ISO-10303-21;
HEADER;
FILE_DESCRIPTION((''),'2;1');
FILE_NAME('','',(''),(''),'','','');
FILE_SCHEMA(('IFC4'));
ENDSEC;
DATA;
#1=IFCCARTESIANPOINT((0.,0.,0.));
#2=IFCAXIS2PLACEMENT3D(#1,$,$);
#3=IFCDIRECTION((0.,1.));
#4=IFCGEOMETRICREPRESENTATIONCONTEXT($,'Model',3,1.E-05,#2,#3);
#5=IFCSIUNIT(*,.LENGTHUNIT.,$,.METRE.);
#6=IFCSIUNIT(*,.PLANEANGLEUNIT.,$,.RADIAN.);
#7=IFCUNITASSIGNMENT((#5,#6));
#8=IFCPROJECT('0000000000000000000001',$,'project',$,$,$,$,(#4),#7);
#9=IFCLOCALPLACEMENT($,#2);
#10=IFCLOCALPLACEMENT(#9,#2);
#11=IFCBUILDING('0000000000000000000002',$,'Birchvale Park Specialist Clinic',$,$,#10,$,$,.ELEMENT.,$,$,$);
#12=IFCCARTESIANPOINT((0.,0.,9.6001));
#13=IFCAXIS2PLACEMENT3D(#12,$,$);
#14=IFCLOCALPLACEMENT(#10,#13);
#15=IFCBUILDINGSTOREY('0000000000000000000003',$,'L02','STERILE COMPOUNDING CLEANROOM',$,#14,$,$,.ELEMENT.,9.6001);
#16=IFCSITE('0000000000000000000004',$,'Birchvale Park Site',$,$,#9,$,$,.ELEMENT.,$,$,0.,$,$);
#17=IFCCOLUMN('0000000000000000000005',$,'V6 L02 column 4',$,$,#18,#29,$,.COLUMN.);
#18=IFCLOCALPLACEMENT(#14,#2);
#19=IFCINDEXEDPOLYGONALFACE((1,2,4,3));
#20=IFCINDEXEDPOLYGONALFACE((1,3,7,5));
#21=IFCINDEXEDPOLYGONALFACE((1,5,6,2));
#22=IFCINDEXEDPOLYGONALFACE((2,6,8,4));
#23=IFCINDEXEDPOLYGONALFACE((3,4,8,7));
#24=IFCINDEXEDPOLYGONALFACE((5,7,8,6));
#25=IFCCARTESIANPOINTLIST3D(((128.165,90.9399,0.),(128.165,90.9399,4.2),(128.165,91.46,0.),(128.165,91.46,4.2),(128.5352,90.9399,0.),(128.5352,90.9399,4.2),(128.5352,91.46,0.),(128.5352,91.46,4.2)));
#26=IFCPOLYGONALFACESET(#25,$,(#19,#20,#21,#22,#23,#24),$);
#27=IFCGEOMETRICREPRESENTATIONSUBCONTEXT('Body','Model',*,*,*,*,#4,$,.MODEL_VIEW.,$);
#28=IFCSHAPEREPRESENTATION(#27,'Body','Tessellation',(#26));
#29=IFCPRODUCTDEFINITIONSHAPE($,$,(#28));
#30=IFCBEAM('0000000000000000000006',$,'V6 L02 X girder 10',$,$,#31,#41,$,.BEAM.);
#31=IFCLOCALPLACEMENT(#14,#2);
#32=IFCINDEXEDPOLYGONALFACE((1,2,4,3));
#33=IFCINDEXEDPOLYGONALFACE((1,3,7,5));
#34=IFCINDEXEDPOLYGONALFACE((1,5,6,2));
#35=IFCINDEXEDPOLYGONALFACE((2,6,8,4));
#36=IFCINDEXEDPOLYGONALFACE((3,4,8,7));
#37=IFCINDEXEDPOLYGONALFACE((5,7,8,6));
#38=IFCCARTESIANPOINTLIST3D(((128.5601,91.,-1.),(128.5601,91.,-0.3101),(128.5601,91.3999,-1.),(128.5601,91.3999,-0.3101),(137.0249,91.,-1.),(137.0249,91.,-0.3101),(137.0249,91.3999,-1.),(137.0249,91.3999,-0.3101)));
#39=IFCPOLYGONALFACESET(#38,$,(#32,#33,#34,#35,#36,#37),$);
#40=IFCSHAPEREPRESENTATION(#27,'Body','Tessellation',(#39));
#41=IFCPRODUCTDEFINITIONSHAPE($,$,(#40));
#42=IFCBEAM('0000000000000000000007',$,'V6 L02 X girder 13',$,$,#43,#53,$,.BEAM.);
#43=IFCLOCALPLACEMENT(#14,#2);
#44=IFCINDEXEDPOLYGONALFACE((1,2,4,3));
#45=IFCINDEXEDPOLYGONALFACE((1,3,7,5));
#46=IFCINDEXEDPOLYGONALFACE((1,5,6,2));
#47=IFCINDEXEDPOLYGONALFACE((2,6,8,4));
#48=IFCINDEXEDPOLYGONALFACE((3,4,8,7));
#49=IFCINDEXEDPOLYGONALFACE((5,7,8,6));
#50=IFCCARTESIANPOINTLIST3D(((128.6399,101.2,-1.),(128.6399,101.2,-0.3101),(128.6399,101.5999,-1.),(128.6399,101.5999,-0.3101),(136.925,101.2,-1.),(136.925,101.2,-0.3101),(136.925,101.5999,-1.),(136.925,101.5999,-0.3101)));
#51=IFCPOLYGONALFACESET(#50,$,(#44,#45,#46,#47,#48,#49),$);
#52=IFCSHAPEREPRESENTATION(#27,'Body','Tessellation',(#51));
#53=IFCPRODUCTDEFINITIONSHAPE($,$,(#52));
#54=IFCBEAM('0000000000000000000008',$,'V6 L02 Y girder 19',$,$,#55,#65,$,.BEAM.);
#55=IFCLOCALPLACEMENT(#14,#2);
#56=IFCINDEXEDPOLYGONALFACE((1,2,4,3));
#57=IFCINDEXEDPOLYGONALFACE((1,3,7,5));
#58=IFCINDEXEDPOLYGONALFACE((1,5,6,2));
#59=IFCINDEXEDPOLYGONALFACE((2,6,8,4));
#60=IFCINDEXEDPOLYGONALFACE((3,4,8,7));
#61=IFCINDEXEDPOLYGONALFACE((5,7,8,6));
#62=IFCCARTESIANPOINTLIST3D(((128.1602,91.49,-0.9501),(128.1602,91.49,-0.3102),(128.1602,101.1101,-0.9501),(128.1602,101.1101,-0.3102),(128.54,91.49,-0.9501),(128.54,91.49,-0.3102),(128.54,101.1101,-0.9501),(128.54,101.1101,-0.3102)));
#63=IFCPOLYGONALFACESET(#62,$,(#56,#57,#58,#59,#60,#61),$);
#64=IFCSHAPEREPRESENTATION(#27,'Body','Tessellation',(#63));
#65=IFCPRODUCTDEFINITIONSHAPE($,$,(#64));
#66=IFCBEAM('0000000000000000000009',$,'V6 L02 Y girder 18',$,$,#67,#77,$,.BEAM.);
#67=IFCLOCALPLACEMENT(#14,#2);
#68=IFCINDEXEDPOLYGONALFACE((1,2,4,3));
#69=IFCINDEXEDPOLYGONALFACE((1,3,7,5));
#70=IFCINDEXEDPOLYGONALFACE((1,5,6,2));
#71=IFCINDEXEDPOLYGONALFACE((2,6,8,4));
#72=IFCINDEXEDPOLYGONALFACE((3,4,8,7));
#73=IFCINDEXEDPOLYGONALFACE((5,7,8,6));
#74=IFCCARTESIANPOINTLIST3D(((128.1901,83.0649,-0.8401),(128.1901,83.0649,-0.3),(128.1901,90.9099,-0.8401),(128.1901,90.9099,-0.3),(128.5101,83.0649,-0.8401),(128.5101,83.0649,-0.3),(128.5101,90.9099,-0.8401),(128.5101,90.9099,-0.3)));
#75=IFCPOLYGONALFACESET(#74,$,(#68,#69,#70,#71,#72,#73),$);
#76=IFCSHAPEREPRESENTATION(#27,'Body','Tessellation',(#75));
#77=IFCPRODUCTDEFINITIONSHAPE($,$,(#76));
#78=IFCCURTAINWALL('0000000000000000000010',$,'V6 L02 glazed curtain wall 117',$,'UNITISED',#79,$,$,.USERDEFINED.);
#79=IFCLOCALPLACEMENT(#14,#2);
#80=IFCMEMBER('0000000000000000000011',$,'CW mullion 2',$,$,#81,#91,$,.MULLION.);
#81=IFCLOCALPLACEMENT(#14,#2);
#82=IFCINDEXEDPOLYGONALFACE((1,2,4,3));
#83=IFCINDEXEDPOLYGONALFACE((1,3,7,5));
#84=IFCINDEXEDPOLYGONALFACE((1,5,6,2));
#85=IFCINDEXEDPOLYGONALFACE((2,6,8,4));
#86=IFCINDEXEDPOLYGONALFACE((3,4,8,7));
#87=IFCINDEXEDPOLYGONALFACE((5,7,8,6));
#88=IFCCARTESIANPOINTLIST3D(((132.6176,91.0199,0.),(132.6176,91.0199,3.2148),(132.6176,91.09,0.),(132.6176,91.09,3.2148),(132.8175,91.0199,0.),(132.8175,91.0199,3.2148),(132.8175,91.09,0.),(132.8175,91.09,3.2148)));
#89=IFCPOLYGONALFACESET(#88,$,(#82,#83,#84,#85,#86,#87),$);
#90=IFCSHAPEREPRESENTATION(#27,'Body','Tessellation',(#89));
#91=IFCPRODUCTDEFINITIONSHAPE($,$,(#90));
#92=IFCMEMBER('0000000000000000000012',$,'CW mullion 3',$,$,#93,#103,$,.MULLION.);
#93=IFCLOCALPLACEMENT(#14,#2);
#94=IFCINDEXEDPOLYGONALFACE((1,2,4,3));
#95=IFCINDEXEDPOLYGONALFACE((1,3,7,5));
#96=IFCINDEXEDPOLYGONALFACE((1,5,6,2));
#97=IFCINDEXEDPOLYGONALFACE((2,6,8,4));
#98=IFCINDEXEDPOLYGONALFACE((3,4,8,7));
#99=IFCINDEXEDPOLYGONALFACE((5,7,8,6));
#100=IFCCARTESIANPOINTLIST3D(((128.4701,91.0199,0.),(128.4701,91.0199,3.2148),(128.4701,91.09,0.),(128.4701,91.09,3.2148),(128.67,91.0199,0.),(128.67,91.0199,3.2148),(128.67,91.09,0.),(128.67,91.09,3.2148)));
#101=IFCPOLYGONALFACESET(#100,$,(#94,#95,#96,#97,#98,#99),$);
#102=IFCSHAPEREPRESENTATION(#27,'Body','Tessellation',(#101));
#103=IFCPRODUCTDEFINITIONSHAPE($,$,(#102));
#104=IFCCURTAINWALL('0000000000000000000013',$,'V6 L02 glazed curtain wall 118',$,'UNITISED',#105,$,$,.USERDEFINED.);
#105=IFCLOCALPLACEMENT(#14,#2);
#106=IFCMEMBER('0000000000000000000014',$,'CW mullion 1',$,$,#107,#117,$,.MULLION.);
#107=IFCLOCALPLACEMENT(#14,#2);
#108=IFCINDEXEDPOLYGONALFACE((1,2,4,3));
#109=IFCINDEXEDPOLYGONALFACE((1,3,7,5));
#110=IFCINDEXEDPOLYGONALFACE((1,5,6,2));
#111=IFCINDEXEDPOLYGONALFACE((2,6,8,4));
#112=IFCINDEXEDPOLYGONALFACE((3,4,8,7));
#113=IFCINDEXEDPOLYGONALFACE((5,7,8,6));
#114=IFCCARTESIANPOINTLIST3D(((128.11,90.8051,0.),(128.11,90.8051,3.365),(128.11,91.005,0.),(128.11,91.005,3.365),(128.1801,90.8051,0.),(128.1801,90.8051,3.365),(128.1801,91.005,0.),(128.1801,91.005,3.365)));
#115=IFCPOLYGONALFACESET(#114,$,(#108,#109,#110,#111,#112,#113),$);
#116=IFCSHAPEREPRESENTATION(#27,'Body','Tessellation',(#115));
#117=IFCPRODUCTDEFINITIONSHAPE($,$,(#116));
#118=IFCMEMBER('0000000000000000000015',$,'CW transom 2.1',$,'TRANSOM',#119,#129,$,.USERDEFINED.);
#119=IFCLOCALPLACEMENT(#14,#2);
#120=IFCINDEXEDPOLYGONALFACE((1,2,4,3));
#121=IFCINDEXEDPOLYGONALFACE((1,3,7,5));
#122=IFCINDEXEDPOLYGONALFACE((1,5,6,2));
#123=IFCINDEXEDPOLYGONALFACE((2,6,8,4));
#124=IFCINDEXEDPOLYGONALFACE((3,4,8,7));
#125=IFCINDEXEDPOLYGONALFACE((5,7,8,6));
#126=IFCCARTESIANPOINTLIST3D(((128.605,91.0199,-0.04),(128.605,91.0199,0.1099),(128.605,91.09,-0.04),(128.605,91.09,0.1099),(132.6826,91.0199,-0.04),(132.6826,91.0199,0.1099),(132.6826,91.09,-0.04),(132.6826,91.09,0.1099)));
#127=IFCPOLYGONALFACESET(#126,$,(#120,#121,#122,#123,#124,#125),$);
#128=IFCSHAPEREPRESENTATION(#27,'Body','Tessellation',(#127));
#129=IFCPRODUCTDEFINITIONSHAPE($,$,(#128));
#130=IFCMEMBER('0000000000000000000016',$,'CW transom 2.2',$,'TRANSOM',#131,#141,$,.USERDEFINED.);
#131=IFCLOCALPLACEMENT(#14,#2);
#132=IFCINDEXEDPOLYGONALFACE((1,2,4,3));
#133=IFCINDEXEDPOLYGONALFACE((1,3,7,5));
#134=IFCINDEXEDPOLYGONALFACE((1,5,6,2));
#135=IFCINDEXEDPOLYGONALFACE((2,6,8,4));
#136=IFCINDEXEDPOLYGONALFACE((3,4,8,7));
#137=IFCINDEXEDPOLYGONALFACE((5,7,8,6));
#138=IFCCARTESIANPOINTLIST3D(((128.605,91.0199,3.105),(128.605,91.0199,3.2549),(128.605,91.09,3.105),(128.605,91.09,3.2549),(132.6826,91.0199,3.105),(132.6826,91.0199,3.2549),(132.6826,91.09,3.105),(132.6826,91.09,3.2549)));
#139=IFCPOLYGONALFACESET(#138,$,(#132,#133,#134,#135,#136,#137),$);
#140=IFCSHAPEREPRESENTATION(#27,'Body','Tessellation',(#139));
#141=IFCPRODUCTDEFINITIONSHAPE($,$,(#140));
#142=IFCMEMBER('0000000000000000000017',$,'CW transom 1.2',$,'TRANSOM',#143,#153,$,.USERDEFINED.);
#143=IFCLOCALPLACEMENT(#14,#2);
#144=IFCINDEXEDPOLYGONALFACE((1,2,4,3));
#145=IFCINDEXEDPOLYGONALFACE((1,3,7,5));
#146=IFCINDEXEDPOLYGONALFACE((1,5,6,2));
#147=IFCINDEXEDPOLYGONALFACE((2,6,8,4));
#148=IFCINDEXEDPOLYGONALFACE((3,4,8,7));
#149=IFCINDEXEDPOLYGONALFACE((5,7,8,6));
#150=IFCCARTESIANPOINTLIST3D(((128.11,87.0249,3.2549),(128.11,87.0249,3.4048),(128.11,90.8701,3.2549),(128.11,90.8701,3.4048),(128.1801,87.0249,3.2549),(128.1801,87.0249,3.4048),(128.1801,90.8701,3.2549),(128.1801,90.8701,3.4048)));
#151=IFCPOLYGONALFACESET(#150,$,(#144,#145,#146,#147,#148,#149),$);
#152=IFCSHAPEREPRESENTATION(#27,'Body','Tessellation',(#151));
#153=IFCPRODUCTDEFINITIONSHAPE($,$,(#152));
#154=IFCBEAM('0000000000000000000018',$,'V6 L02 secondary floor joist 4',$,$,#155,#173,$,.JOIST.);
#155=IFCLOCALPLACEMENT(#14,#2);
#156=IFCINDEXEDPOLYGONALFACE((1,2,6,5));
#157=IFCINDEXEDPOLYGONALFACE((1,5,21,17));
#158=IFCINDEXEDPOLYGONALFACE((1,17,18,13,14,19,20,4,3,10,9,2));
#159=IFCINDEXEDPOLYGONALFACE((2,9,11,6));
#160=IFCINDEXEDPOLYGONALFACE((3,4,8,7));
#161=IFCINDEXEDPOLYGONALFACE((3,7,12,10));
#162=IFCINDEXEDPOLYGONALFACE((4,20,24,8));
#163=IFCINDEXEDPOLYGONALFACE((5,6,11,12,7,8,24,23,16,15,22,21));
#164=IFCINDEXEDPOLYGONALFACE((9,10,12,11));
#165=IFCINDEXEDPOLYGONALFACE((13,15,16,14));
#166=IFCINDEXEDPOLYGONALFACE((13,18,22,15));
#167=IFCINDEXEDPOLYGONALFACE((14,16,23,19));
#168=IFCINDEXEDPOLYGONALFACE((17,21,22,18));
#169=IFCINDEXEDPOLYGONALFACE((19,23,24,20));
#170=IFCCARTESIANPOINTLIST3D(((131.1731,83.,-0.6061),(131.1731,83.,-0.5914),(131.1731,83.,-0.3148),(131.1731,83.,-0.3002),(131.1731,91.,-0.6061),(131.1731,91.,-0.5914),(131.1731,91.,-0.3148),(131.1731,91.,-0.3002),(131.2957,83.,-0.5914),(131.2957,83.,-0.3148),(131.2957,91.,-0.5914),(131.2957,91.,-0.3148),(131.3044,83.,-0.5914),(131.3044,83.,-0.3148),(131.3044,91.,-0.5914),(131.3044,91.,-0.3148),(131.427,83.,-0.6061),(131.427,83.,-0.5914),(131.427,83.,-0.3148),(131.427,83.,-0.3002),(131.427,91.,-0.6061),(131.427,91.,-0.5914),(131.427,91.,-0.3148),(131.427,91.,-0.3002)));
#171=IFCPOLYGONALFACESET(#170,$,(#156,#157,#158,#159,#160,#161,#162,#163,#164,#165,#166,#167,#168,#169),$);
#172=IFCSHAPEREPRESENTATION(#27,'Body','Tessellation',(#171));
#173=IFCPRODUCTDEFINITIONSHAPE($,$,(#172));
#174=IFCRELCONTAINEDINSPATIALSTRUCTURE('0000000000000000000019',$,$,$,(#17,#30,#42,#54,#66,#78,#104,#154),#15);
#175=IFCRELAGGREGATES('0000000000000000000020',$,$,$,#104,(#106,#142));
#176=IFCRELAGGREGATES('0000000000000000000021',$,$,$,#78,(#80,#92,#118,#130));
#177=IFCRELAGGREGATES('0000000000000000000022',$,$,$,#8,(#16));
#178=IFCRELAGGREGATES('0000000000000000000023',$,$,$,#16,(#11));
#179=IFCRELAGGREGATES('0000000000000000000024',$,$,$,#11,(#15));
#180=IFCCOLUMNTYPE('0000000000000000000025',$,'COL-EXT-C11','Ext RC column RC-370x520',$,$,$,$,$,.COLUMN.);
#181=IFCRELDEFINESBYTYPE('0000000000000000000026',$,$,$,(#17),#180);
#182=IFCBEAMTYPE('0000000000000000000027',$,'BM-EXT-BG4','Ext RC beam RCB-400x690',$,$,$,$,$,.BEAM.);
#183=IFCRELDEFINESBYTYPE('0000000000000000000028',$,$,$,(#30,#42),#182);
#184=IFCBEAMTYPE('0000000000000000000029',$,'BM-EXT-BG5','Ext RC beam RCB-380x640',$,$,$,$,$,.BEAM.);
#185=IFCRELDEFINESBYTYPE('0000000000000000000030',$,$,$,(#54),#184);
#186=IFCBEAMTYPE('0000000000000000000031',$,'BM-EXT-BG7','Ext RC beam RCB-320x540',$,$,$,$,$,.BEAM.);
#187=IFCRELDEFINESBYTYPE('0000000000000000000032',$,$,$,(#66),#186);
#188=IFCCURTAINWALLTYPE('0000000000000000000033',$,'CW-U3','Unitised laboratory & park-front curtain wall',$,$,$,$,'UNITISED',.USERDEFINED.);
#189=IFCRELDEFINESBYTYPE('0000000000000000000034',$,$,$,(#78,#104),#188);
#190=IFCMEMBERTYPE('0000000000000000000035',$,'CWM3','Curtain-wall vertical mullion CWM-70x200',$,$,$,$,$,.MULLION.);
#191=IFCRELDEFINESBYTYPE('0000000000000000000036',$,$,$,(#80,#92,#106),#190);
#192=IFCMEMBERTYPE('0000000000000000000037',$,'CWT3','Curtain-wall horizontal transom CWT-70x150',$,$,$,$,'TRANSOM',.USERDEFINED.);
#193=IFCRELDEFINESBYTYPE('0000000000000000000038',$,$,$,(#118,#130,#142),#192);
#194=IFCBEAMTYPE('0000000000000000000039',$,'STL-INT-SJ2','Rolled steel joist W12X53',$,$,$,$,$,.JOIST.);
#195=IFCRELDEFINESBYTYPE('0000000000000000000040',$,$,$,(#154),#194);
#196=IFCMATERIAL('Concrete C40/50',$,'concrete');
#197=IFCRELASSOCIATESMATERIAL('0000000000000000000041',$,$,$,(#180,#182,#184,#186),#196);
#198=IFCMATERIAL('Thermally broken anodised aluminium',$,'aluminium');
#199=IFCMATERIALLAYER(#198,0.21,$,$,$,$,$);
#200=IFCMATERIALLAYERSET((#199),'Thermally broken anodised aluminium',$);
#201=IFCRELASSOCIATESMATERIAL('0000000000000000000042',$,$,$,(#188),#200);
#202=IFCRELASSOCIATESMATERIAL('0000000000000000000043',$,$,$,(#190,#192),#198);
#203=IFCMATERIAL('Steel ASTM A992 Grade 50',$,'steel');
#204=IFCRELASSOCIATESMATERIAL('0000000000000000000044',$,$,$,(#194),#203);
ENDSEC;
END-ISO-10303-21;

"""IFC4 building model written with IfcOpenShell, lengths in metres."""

from ifc_helpers import new_model, si_unit, direction, frame, origin, origin_2d, place, context, subcontext, project, spatial, rectangle, i_section, extrude, material, layer, layer_set, material_profile, profile_set, type_object, element, aggregate, save


model = new_model("IFC4")

# Units and contexts
model_context = context("Model", 3, precision=1e-05, world=origin(), true_north=direction((0.0, 1.0)))
body_context = subcontext(model_context, "Body", "Model", "MODEL_VIEW")
ifc_project = project(units=[si_unit("LENGTHUNIT", "METRE"), si_unit("PLANEANGLEUNIT", "RADIAN")], contexts=[model_context])

# Site, building, storey
site_placement = place(None, origin())
site = spatial("IfcSite", under=ifc_project, at=site_placement, Name="Birchvale Park Site", CompositionType="ELEMENT", RefElevation=0.0)
building_placement = place(site_placement, origin())
building = spatial("IfcBuilding", under=site, at=building_placement, Name="Birchvale Park Specialist Clinic", CompositionType="ELEMENT")
storey_placement = place(building_placement, frame((0.0, 0.0, 9.6001)))
storey = spatial("IfcBuildingStorey", under=building, at=storey_placement, Name="L02", Description="STERILE COMPOUNDING CLEANROOM", CompositionType="ELEMENT", Elevation=9.6001)

# Column
ifc_material_1 = material(Name="Concrete C40/50", Category="concrete")
ifc_material_profile_1 = material_profile(ifc_material_1, rectangle(XDim=0.3701, YDim=0.52, at=origin_2d()), Name="RC-370x520")
ifc_profile_set_1 = profile_set([ifc_material_profile_1], Name="Concrete C40/50")
column_type = type_object("IfcColumnType", Name="COL-EXT-C11", Description="Ext RC column RC-370x520", PredefinedType="COLUMN", material=ifc_profile_set_1)
column_placement = place(storey_placement, frame((128.3501, 91.2, 0.0), z_axis=(0.0, 0.0, 1.0), x_axis=(1.0, 0.0, 0.0)))
element("IfcColumn", 1, at=column_placement, inside=storey, type_object=column_type, Name="V6 L02 column 4", PredefinedType="COLUMN", context=body_context, shape_type="SweptSolid", body=[
    extrude(rectangle(XDim=0.3701, YDim=0.52, at=origin_2d()), origin(), (0.0, 0.0, 1.0), 4.2),
])

# Beams
ifc_material_profile_2 = material_profile(ifc_material_1, rectangle(XDim=0.3999, YDim=0.6899, at=origin_2d()), Name="RCB-400x690")
ifc_profile_set_2 = profile_set([ifc_material_profile_2], Name="Concrete C40/50")
beam_type_1 = type_object("IfcBeamType", Name="BM-EXT-BG4", Description="Ext RC beam RCB-400x690", PredefinedType="BEAM", material=ifc_profile_set_2)
beam_1_placement = place(storey_placement, frame((128.5601, 91.2, -0.655), z_axis=(1.0, 0.0, 0.0), x_axis=(0.0, 1.0, 0.0)))
element("IfcBeam", 2, at=beam_1_placement, inside=storey, type_object=beam_type_1, Name="V6 L02 X girder 10", PredefinedType="BEAM", context=body_context, shape_type="SweptSolid", body=[
    extrude(rectangle(XDim=0.3999, YDim=0.6899, at=origin_2d()), origin(), (0.0, 0.0, 1.0), 8.4648),
])
beam_2_placement = place(storey_placement, frame((128.6399, 101.3999, -0.655), z_axis=(1.0, 0.0, 0.0), x_axis=(0.0, 1.0, 0.0)))
element("IfcBeam", 3, at=beam_2_placement, inside=storey, type_object=beam_type_1, Name="V6 L02 X girder 13", PredefinedType="BEAM", context=body_context, shape_type="SweptSolid", body=[
    extrude(rectangle(XDim=0.3999, YDim=0.6899, at=origin_2d()), origin(), (0.0, 0.0, 1.0), 8.2852),
])
ifc_material_profile_3 = material_profile(ifc_material_1, rectangle(XDim=0.3799, YDim=0.6399, at=origin_2d()), Name="RCB-380x640")
ifc_profile_set_3 = profile_set([ifc_material_profile_3], Name="Concrete C40/50")
beam_type_2 = type_object("IfcBeamType", Name="BM-EXT-BG5", Description="Ext RC beam RCB-380x640", PredefinedType="BEAM", material=ifc_profile_set_3)
beam_3_placement = place(storey_placement, frame((128.3501, 91.49, -0.6301), z_axis=(0.0, 1.0, 0.0), x_axis=(-1.0, 0.0, 0.0)))
element("IfcBeam", 4, at=beam_3_placement, inside=storey, type_object=beam_type_2, Name="V6 L02 Y girder 19", PredefinedType="BEAM", context=body_context, shape_type="SweptSolid", body=[
    extrude(rectangle(XDim=0.3799, YDim=0.6399, at=origin_2d()), origin(), (0.0, 0.0, 1.0), 9.6201),
])
ifc_material_profile_4 = material_profile(ifc_material_1, rectangle(XDim=0.3201, YDim=0.54, at=origin_2d()), Name="RCB-320x540")
ifc_profile_set_4 = profile_set([ifc_material_profile_4], Name="Concrete C40/50")
beam_type_3 = type_object("IfcBeamType", Name="BM-EXT-BG7", Description="Ext RC beam RCB-320x540", PredefinedType="BEAM", material=ifc_profile_set_4)
beam_4_placement = place(storey_placement, frame((128.3501, 83.0649, -0.5701), z_axis=(0.0, 1.0, 0.0), x_axis=(-1.0, 0.0, 0.0)))
element("IfcBeam", 5, at=beam_4_placement, inside=storey, type_object=beam_type_3, Name="V6 L02 Y girder 18", PredefinedType="BEAM", context=body_context, shape_type="SweptSolid", body=[
    extrude(rectangle(XDim=0.3201, YDim=0.54, at=origin_2d()), origin(), (0.0, 0.0, 1.0), 7.845),
])

# Curtain wall, members
ifc_material_2 = material(Name="Thermally broken anodised aluminium", Category="aluminium")
ifc_layer_1 = layer(ifc_material_2, 0.21)
ifc_layer_set_1 = layer_set([ifc_layer_1], Name="Thermally broken anodised aluminium")
curtain_wall_type = type_object("IfcCurtainWallType", Name="CW-U3", Description="Unitised laboratory & park-front curtain wall", ElementType="UNITISED", PredefinedType="USERDEFINED", material=ifc_layer_set_1)
curtain_wall_1_placement = place(storey_placement, origin())
curtain_wall_1 = element("IfcCurtainWall", 6, at=curtain_wall_1_placement, inside=storey, type_object=curtain_wall_type, Name="V6 L02 glazed curtain wall 117", ObjectType="UNITISED", PredefinedType="USERDEFINED")
ifc_material_profile_5 = material_profile(ifc_material_2, rectangle(XDim=0.0701, YDim=0.2, at=origin_2d()), Name="CWM-70x200")
ifc_profile_set_5 = profile_set([ifc_material_profile_5], Name="Thermally broken anodised aluminium")
member_type_1 = type_object("IfcMemberType", Name="CWM3", Description="Curtain-wall vertical mullion CWM-70x200", PredefinedType="MULLION", material=ifc_profile_set_5)
member_1_placement = place(storey_placement, frame((132.7175, 91.0549, 0.0), z_axis=(0.0, 0.0, 1.0), x_axis=(0.0, -1.0, 0.0)))
member_1 = element("IfcMember", 7, at=member_1_placement, type_object=member_type_1, Name="CW mullion 2", PredefinedType="MULLION", context=body_context, shape_type="SweptSolid", body=[
    extrude(rectangle(XDim=0.0701, YDim=0.2, at=origin_2d()), origin(), (0.0, 0.0, 1.0), 3.2148),
])
member_2_placement = place(storey_placement, frame((128.5701, 91.0549, 0.0), z_axis=(0.0, 0.0, 1.0), x_axis=(0.0, -1.0, 0.0)))
member_2 = element("IfcMember", 8, at=member_2_placement, type_object=member_type_1, Name="CW mullion 3", PredefinedType="MULLION", context=body_context, shape_type="SweptSolid", body=[
    extrude(rectangle(XDim=0.0701, YDim=0.2, at=origin_2d()), origin(), (0.0, 0.0, 1.0), 3.2148),
])

# Curtain wall, member
curtain_wall_2_placement = place(storey_placement, origin())
curtain_wall_2 = element("IfcCurtainWall", 9, at=curtain_wall_2_placement, inside=storey, type_object=curtain_wall_type, Name="V6 L02 glazed curtain wall 118", ObjectType="UNITISED", PredefinedType="USERDEFINED")
member_3_placement = place(storey_placement, frame((128.145, 90.905, 0.0), z_axis=(0.0, 0.0, 1.0), x_axis=(1.0, 0.0, 0.0)))
member_3 = element("IfcMember", 10, at=member_3_placement, type_object=member_type_1, Name="CW mullion 1", PredefinedType="MULLION", context=body_context, shape_type="SweptSolid", body=[
    extrude(rectangle(XDim=0.0701, YDim=0.2, at=origin_2d()), origin(), (0.0, 0.0, 1.0), 3.365),
])

# Members
ifc_material_profile_6 = material_profile(ifc_material_2, rectangle(XDim=0.0701, YDim=0.1499, at=origin_2d()), Name="CWT-70x150")
ifc_profile_set_6 = profile_set([ifc_material_profile_6], Name="Thermally broken anodised aluminium")
member_type_2 = type_object("IfcMemberType", Name="CWT3", Description="Curtain-wall horizontal transom CWT-70x150", ElementType="TRANSOM", PredefinedType="USERDEFINED", material=ifc_profile_set_6)
member_4_placement = place(storey_placement, frame((132.6826, 91.0549, 0.0349), z_axis=(-1.0, 0.0, 0.0), x_axis=(0.0, -1.0, 0.0)))
member_4 = element("IfcMember", 11, at=member_4_placement, type_object=member_type_2, Name="CW transom 2.1", ObjectType="TRANSOM", PredefinedType="USERDEFINED", context=body_context, shape_type="SweptSolid", body=[
    extrude(rectangle(XDim=0.0701, YDim=0.1499, at=origin_2d()), origin(), (0.0, 0.0, 1.0), 4.0776),
])
member_5_placement = place(storey_placement, frame((132.6826, 91.0549, 3.1799), z_axis=(-1.0, 0.0, 0.0), x_axis=(0.0, -1.0, 0.0)))
member_5 = element("IfcMember", 12, at=member_5_placement, type_object=member_type_2, Name="CW transom 2.2", ObjectType="TRANSOM", PredefinedType="USERDEFINED", context=body_context, shape_type="SweptSolid", body=[
    extrude(rectangle(XDim=0.0701, YDim=0.1499, at=origin_2d()), origin(), (0.0, 0.0, 1.0), 4.0776),
])
member_6_placement = place(storey_placement, frame((128.145, 90.8701, 3.3298), z_axis=(0.0, -1.0, 0.0), x_axis=(1.0, 0.0, 0.0)))
member_6 = element("IfcMember", 13, at=member_6_placement, type_object=member_type_2, Name="CW transom 1.2", ObjectType="TRANSOM", PredefinedType="USERDEFINED", context=body_context, shape_type="SweptSolid", body=[
    extrude(rectangle(XDim=0.0701, YDim=0.1499, at=origin_2d()), origin(), (0.0, 0.0, 1.0), 3.8452),
])
aggregate(curtain_wall_2, [member_3, member_6])

# Beam
ifc_material_3 = material(Name="Steel ASTM A992 Grade 50", Category="steel")
ifc_material_profile_7 = material_profile(ifc_material_3, i_section(OverallWidth=0.2539, OverallDepth=0.3059, WebThickness=0.0088, FlangeThickness=0.0146, at=origin_2d()), Name="W12X53")
ifc_profile_set_7 = profile_set([ifc_material_profile_7], Name="Steel ASTM A992 Grade 50")
beam_type_4 = type_object("IfcBeamType", Name="STL-INT-SJ2", Description="Rolled steel joist W12X53", PredefinedType="JOIST", material=ifc_profile_set_7)
beam_5_placement = place(storey_placement, frame((131.3, 83.0, -0.4531), z_axis=(0.0, 1.0, 0.0), x_axis=(-1.0, 0.0, 0.0)))
element("IfcBeam", 14, at=beam_5_placement, inside=storey, type_object=beam_type_4, Name="V6 L02 secondary floor joist 4", PredefinedType="JOIST", context=body_context, shape_type="SweptSolid", body=[
    extrude(i_section(OverallWidth=0.2539, OverallDepth=0.3059, WebThickness=0.0088, FlangeThickness=0.0146, at=origin_2d()), origin(), (0.0, 0.0, 1.0), 8.0),
])

aggregate(curtain_wall_1, [member_1, member_2, member_4, member_5])

save(model, "model.ifc")
